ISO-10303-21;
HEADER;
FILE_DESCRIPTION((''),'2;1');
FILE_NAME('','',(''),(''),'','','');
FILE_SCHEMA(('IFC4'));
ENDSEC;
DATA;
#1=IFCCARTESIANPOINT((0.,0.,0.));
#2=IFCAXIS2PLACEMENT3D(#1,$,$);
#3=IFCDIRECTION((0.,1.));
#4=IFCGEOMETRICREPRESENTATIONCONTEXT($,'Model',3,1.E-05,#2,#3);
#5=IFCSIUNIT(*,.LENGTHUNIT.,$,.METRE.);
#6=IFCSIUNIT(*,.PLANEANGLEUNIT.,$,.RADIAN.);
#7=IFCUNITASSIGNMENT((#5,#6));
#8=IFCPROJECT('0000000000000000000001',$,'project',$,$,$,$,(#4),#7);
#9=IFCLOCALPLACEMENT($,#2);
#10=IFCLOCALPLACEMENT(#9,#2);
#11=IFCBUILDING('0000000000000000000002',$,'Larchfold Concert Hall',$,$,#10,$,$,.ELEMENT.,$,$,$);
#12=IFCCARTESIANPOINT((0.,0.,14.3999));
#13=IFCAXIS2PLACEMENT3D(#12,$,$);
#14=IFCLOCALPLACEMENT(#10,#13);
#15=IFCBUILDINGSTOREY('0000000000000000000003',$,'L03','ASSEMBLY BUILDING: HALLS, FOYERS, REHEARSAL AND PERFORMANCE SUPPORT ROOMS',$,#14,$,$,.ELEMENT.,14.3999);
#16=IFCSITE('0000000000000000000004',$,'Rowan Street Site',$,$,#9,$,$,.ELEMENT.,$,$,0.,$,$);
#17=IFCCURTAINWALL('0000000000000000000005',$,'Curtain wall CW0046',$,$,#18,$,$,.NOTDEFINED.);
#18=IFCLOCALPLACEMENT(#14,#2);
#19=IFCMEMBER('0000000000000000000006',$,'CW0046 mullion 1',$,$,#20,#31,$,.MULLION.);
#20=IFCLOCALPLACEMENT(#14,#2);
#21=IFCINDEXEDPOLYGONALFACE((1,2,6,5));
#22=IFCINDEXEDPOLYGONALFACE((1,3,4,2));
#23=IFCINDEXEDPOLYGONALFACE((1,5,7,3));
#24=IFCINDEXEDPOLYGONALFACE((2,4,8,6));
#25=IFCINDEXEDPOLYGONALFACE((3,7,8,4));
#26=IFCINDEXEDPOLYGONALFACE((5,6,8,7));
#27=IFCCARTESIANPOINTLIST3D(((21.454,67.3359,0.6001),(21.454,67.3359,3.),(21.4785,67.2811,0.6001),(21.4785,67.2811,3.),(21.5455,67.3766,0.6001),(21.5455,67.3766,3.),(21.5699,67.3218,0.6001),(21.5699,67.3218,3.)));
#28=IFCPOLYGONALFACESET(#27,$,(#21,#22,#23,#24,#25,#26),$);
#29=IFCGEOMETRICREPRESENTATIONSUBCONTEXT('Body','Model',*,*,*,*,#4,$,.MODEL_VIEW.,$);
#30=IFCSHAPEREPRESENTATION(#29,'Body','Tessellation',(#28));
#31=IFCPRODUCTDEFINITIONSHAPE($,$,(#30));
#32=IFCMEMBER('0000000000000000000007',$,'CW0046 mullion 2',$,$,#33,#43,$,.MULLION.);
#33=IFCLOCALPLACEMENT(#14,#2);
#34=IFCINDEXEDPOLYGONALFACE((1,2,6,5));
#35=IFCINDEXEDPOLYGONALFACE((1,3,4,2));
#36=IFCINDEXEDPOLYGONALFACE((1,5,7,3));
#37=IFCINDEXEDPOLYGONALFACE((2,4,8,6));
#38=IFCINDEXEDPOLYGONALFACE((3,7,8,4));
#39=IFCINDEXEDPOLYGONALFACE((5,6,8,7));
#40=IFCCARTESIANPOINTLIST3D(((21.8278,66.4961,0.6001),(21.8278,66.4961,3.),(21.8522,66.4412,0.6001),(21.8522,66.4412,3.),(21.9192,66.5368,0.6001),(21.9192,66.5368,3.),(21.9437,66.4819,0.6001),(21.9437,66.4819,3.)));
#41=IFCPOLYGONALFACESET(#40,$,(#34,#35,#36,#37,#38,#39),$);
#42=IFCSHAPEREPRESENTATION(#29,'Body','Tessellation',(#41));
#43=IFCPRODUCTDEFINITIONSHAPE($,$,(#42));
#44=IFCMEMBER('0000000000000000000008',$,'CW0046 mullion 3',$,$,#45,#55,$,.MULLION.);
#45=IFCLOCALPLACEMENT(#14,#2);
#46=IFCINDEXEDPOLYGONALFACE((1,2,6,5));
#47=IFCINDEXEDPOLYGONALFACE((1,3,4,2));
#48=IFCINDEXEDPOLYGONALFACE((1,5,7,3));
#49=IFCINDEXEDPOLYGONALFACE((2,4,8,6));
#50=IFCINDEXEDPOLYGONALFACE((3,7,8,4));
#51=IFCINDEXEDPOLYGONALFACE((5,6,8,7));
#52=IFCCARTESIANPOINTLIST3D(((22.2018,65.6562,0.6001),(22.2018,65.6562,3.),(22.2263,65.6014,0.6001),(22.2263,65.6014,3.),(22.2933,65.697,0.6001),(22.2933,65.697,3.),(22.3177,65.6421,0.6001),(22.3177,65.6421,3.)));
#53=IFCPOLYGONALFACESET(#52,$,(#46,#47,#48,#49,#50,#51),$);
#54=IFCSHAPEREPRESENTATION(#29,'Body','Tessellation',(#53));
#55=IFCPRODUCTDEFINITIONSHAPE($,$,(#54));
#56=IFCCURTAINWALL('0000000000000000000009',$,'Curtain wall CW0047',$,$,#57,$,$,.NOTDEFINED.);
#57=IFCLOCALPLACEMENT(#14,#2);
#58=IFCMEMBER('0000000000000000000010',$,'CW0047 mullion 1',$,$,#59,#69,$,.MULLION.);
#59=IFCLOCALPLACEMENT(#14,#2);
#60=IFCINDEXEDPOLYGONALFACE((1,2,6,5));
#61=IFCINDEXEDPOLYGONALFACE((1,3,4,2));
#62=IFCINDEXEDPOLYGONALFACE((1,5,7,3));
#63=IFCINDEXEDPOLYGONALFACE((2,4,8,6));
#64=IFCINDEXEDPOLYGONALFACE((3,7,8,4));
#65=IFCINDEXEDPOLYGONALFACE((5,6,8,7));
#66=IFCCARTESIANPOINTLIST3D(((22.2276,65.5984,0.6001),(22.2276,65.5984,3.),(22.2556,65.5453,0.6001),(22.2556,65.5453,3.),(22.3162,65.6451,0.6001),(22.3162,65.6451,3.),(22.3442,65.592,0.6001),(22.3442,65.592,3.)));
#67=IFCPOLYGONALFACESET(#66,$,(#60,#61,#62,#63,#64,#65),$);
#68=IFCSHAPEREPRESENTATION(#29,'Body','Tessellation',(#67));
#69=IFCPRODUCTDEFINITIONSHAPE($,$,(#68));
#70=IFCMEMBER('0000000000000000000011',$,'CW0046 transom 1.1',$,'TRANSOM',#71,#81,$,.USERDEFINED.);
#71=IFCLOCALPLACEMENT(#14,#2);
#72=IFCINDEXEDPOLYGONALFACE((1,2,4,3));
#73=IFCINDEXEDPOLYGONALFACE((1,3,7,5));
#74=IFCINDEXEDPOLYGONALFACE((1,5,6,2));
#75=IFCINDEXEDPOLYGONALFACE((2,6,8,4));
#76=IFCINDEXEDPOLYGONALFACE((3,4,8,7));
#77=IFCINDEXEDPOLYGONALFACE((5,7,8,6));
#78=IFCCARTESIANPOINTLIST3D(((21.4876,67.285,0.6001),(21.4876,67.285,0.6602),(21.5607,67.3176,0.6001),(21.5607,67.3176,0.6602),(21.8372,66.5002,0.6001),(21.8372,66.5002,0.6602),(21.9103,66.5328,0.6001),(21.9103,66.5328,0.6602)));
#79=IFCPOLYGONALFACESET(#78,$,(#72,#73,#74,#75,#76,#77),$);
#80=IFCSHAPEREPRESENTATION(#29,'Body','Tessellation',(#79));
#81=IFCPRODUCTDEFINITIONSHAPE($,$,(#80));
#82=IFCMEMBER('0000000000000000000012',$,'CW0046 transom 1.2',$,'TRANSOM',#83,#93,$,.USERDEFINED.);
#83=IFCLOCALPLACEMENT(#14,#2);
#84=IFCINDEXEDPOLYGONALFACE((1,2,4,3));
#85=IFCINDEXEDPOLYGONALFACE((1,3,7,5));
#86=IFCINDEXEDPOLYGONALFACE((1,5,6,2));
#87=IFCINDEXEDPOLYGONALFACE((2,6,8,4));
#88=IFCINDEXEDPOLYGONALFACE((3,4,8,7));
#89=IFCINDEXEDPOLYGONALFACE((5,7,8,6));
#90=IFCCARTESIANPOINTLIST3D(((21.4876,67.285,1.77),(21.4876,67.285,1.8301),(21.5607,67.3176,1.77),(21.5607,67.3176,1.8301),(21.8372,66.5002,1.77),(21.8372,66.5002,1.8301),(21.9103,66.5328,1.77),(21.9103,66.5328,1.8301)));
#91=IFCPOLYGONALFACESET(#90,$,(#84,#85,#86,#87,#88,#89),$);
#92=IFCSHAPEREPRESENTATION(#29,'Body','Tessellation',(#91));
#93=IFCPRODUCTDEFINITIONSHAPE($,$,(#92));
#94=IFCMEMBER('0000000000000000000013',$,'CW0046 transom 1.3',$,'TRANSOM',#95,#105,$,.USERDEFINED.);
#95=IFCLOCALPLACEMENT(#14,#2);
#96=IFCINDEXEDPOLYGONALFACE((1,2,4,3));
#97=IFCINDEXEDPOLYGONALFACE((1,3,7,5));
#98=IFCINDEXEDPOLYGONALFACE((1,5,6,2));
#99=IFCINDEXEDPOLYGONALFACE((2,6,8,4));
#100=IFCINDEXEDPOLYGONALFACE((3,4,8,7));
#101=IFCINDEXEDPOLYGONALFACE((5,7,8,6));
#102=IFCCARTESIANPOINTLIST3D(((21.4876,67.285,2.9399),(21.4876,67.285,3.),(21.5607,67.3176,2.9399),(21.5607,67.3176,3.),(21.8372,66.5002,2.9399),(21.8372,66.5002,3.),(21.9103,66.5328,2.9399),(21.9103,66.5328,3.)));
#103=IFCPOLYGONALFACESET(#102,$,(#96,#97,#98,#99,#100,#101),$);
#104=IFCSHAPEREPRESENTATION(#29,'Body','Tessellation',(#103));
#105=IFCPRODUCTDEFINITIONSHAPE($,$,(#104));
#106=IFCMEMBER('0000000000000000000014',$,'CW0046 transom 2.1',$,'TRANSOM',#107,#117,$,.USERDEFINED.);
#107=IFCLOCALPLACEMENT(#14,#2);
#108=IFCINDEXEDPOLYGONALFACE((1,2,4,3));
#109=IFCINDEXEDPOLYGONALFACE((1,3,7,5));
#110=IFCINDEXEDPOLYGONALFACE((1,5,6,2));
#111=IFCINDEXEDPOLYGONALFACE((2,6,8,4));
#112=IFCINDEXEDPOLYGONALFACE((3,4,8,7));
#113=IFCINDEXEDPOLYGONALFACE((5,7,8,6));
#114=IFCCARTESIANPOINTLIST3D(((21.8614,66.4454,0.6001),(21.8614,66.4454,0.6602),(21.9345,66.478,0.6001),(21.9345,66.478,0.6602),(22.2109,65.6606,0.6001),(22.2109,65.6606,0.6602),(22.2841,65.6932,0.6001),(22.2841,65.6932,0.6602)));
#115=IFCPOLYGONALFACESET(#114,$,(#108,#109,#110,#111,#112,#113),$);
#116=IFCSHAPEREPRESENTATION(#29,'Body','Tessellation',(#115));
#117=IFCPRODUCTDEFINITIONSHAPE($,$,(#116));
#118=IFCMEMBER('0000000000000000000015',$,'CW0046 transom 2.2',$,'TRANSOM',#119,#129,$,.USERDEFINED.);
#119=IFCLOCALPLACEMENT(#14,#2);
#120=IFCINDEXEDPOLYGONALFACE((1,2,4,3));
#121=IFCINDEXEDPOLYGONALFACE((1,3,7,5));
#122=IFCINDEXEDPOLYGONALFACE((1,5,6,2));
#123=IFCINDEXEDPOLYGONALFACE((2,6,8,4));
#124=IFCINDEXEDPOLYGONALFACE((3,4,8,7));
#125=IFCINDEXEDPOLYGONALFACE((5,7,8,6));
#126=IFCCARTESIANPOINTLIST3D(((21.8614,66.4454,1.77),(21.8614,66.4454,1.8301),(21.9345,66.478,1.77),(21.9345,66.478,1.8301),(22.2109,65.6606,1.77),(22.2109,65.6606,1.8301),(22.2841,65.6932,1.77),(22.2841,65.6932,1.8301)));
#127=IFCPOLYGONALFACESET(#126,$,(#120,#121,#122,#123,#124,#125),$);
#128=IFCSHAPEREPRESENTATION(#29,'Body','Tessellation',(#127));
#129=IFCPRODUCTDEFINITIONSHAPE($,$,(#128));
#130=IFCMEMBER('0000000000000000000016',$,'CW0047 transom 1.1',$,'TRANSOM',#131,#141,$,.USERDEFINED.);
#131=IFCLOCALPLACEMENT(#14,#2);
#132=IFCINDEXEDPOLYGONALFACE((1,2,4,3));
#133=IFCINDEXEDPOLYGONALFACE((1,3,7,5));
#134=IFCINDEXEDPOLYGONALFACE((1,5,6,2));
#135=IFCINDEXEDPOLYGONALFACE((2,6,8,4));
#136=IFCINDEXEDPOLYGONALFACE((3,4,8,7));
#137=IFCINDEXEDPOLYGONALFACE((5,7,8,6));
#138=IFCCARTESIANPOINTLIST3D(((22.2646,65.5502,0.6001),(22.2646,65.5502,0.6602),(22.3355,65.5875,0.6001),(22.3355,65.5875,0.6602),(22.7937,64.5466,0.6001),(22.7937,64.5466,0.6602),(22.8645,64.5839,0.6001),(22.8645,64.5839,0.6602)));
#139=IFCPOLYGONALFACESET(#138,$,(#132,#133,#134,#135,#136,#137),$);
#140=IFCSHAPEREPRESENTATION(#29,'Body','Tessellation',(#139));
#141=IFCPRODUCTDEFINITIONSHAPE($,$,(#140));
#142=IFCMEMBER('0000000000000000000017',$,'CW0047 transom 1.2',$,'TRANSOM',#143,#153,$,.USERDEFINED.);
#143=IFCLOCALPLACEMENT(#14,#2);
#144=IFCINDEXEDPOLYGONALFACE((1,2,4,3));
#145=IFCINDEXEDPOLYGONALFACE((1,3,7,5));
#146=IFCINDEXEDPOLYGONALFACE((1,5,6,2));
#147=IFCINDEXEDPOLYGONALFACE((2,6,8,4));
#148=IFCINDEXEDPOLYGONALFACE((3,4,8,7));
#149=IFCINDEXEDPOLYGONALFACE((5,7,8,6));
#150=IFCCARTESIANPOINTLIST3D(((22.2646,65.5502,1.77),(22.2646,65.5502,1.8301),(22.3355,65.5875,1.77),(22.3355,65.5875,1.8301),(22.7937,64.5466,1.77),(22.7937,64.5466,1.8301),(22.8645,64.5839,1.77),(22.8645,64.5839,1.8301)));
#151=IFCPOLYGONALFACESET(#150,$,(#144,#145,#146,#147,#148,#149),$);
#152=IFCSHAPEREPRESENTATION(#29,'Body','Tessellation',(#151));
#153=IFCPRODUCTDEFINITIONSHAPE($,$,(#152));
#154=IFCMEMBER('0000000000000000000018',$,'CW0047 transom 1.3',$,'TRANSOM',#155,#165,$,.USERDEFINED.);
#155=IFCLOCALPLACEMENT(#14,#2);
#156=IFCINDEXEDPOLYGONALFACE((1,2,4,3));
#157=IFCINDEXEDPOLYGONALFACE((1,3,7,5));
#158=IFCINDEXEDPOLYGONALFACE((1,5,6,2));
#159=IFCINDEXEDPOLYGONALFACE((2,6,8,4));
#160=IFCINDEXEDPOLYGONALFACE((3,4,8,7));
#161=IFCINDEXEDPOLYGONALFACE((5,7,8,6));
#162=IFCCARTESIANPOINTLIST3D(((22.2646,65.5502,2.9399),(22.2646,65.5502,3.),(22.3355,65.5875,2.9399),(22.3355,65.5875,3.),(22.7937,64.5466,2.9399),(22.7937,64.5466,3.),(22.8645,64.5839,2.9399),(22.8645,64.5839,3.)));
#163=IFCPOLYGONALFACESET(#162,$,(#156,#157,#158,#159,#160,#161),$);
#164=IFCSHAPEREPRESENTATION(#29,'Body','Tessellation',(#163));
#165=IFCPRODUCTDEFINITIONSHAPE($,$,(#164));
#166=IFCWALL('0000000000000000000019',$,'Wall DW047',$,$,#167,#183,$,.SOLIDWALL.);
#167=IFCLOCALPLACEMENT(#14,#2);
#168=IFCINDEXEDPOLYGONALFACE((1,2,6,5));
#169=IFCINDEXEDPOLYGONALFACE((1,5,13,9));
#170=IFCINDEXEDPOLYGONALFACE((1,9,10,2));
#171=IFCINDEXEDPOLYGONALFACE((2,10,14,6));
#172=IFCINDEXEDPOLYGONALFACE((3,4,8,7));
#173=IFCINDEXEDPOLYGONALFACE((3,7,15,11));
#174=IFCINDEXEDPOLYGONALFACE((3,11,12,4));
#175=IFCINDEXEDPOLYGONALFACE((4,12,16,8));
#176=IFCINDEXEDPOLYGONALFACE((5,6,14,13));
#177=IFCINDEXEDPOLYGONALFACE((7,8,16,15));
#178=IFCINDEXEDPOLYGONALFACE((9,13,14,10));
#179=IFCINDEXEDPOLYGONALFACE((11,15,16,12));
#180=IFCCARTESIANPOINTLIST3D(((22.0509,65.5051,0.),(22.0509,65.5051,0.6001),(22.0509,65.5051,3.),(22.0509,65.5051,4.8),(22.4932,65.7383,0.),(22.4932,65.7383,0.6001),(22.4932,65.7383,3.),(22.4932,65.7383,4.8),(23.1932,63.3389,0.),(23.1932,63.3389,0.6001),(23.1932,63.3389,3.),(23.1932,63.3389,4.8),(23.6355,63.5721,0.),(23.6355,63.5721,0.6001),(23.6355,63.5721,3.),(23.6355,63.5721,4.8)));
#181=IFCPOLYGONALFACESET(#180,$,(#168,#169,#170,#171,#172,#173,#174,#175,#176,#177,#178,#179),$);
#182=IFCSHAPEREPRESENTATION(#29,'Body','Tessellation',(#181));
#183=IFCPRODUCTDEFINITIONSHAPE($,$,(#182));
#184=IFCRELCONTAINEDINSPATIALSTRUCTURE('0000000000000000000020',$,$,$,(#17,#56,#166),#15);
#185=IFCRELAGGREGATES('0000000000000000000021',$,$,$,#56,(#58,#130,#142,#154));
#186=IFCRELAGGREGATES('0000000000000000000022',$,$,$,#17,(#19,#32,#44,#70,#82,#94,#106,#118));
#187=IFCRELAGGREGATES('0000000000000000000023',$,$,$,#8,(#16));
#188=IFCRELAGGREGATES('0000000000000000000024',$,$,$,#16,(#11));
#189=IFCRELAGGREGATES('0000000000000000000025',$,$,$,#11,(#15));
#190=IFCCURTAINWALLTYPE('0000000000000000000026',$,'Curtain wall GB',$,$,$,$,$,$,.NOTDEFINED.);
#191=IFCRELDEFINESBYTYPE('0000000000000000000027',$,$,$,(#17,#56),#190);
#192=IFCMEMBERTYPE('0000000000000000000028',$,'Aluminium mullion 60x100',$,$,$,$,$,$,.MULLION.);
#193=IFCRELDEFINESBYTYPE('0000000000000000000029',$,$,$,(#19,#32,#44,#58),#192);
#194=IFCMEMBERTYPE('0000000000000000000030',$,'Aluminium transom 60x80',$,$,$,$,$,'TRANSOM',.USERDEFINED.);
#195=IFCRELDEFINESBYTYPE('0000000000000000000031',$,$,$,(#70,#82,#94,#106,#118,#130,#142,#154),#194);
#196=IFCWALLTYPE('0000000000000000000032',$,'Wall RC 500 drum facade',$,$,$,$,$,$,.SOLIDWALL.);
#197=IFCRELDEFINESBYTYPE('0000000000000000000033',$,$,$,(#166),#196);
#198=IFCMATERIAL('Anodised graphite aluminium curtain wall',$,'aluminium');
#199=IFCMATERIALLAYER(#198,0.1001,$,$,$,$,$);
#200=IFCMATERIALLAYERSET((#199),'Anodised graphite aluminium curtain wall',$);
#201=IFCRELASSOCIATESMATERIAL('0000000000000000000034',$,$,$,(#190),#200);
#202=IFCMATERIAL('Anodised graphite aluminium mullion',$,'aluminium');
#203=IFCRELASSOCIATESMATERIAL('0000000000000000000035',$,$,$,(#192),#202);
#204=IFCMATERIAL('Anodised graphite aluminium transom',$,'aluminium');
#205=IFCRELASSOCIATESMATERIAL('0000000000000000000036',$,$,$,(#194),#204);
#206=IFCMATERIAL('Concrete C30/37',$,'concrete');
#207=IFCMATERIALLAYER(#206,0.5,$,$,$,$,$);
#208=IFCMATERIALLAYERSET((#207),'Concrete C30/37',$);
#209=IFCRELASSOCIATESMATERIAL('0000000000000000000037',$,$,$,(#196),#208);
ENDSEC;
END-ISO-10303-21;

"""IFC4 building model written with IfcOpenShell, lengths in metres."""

from ifc_helpers import new_model, si_unit, direction, frame, frame_2d, origin, origin_2d, place, context, subcontext, project, spatial, rectangle, extrude, material, layer, layer_set, material_profile, profile_set, type_object, element, fill, aggregate, save


model = new_model("IFC4")

# Units and contexts
model_context = context("Model", 3, precision=1e-05, world=origin(), true_north=direction((0.0, 1.0)))
body_context = subcontext(model_context, "Body", "Model", "MODEL_VIEW")
ifc_project = project(units=[si_unit("LENGTHUNIT", "METRE"), si_unit("PLANEANGLEUNIT", "RADIAN")], contexts=[model_context])

# Site, building, storey
site_placement = place(None, origin())
site = spatial("IfcSite", under=ifc_project, at=site_placement, Name="Rowan Street Site", CompositionType="ELEMENT", RefElevation=0.0)
building_placement = place(site_placement, origin())
building = spatial("IfcBuilding", under=site, at=building_placement, Name="Larchfold Concert Hall", CompositionType="ELEMENT")
storey_placement = place(building_placement, frame((0.0, 0.0, 14.3999)))
storey = spatial("IfcBuildingStorey", under=building, at=storey_placement, Name="L03", Description="ASSEMBLY BUILDING: HALLS, FOYERS, REHEARSAL AND PERFORMANCE SUPPORT ROOMS", CompositionType="ELEMENT", Elevation=14.3999)

# Curtain wall, members
ifc_material_1 = material(Name="Anodised graphite aluminium curtain wall", Category="aluminium")
ifc_layer_1 = layer(ifc_material_1, 0.1001)
ifc_layer_set_1 = layer_set([ifc_layer_1], Name="Anodised graphite aluminium curtain wall")
curtain_wall_type = type_object("IfcCurtainWallType", Name="Curtain wall GB", PredefinedType="NOTDEFINED", material=ifc_layer_set_1)
curtain_wall_1_placement = place(storey_placement, origin())
curtain_wall_1 = element("IfcCurtainWall", 1, at=curtain_wall_1_placement, inside=storey, type_object=curtain_wall_type, Name="Curtain wall CW0046", PredefinedType="NOTDEFINED")
ifc_material_2 = material(Name="Anodised graphite aluminium mullion", Category="aluminium")
ifc_material_profile_1 = material_profile(ifc_material_2, rectangle(XDim=0.1001, YDim=0.0601, at=origin_2d()))
ifc_profile_set_1 = profile_set([ifc_material_profile_1], Name="Anodised graphite aluminium mullion")
member_type_1 = type_object("IfcMemberType", Name="Aluminium mullion 60x100", PredefinedType="MULLION", material=ifc_profile_set_1)
member_1_placement = place(storey_placement, frame((21.512, 67.3289, 0.6001), z_axis=(0.0, 0.0, 1.0), x_axis=(0.913541, 0.406747, 0.0)))
member_1 = element("IfcMember", 2, at=member_1_placement, type_object=member_type_1, Name="CW0046 mullion 1", PredefinedType="MULLION", context=body_context, shape_type="SweptSolid", body=[
    extrude(rectangle(XDim=0.1001, YDim=0.0601, at=origin_2d()), origin(), (0.0, 0.0, 1.0), 2.3999),
])
member_2_placement = place(storey_placement, frame((21.8857, 66.489, 0.6001), z_axis=(0.0, 0.0, 1.0), x_axis=(0.913541, 0.406747, 0.0)))
member_2 = element("IfcMember", 3, at=member_2_placement, type_object=member_type_1, Name="CW0046 mullion 2", PredefinedType="MULLION", context=body_context, shape_type="SweptSolid", body=[
    extrude(rectangle(XDim=0.1001, YDim=0.0601, at=origin_2d()), origin(), (0.0, 0.0, 1.0), 2.3999),
])
member_3_placement = place(storey_placement, frame((22.2598, 65.6492, 0.6001), z_axis=(0.0, 0.0, 1.0), x_axis=(0.913541, 0.406747, 0.0)))
member_3 = element("IfcMember", 4, at=member_3_placement, type_object=member_type_1, Name="CW0046 mullion 3", PredefinedType="MULLION", context=body_context, shape_type="SweptSolid", body=[
    extrude(rectangle(XDim=0.1001, YDim=0.0601, at=origin_2d()), origin(), (0.0, 0.0, 1.0), 2.3999),
])

# Curtain wall, member
curtain_wall_2_placement = place(storey_placement, origin())
curtain_wall_2 = element("IfcCurtainWall", 5, at=curtain_wall_2_placement, inside=storey, type_object=curtain_wall_type, Name="Curtain wall CW0047", PredefinedType="NOTDEFINED")
member_4_placement = place(storey_placement, frame((22.2859, 65.5952, 0.6001), z_axis=(0.0, 0.0, 1.0), x_axis=(0.884548, 0.466449, 0.0)))
member_4 = element("IfcMember", 6, at=member_4_placement, type_object=member_type_1, Name="CW0047 mullion 1", PredefinedType="MULLION", context=body_context, shape_type="SweptSolid", body=[
    extrude(rectangle(XDim=0.1001, YDim=0.0601, at=origin_2d()), origin(), (0.0, 0.0, 1.0), 2.3999),
])

# Members
ifc_material_3 = material(Name="Anodised graphite aluminium transom", Category="aluminium")
ifc_material_profile_2 = material_profile(ifc_material_3, rectangle(XDim=0.0801, YDim=0.0601, at=origin_2d()))
ifc_profile_set_2 = profile_set([ifc_material_profile_2], Name="Anodised graphite aluminium transom")
member_type_2 = type_object("IfcMemberType", Name="Aluminium transom 60x80", ElementType="TRANSOM", PredefinedType="USERDEFINED", material=ifc_profile_set_2)
member_5_placement = place(storey_placement, frame((21.5242, 67.3013, 0.6301), z_axis=(0.406876, -0.913483, 0.0), x_axis=(0.913483, 0.406876, 0.0)))
member_5 = element("IfcMember", 7, at=member_5_placement, type_object=member_type_2, Name="CW0046 transom 1.1", ObjectType="TRANSOM", PredefinedType="USERDEFINED", context=body_context, shape_type="SweptSolid", body=[
    extrude(rectangle(XDim=0.0801, YDim=0.0601, at=origin_2d()), origin(), (0.0, 0.0, 1.0), 0.8591),
])
member_6_placement = place(storey_placement, frame((21.5242, 67.3013, 1.8), z_axis=(0.406876, -0.913483, 0.0), x_axis=(0.913483, 0.406876, 0.0)))
member_6 = element("IfcMember", 8, at=member_6_placement, type_object=member_type_2, Name="CW0046 transom 1.2", ObjectType="TRANSOM", PredefinedType="USERDEFINED", context=body_context, shape_type="SweptSolid", body=[
    extrude(rectangle(XDim=0.0801, YDim=0.0601, at=origin_2d()), origin(), (0.0, 0.0, 1.0), 0.8591),
])
member_7_placement = place(storey_placement, frame((21.5242, 67.3013, 2.97), z_axis=(0.406876, -0.913483, 0.0), x_axis=(0.913483, 0.406876, 0.0)))
member_7 = element("IfcMember", 9, at=member_7_placement, type_object=member_type_2, Name="CW0046 transom 1.3", ObjectType="TRANSOM", PredefinedType="USERDEFINED", context=body_context, shape_type="SweptSolid", body=[
    extrude(rectangle(XDim=0.0801, YDim=0.0601, at=origin_2d()), origin(), (0.0, 0.0, 1.0), 0.8591),
])
member_8_placement = place(storey_placement, frame((21.8979, 66.4617, 0.6301), z_axis=(0.406876, -0.913483, 0.0), x_axis=(0.913483, 0.406876, 0.0)))
member_8 = element("IfcMember", 10, at=member_8_placement, type_object=member_type_2, Name="CW0046 transom 2.1", ObjectType="TRANSOM", PredefinedType="USERDEFINED", context=body_context, shape_type="SweptSolid", body=[
    extrude(rectangle(XDim=0.0801, YDim=0.0601, at=origin_2d()), origin(), (0.0, 0.0, 1.0), 0.8591),
])
member_9_placement = place(storey_placement, frame((21.8979, 66.4617, 1.8), z_axis=(0.406876, -0.913483, 0.0), x_axis=(0.913483, 0.406876, 0.0)))
member_9 = element("IfcMember", 11, at=member_9_placement, type_object=member_type_2, Name="CW0046 transom 2.2", ObjectType="TRANSOM", PredefinedType="USERDEFINED", context=body_context, shape_type="SweptSolid", body=[
    extrude(rectangle(XDim=0.0801, YDim=0.0601, at=origin_2d()), origin(), (0.0, 0.0, 1.0), 0.8591),
])
member_10_placement = place(storey_placement, frame((22.3, 65.5688, 0.6301), z_axis=(0.466305, -0.884624, 0.0), x_axis=(0.884624, 0.466305, 0.0)))
member_10 = element("IfcMember", 12, at=member_10_placement, type_object=member_type_2, Name="CW0047 transom 1.1", ObjectType="TRANSOM", PredefinedType="USERDEFINED", context=body_context, shape_type="SweptSolid", body=[
    extrude(rectangle(XDim=0.0801, YDim=0.0601, at=origin_2d()), origin(), (0.0, 0.0, 1.0), 1.1345),
])
member_11_placement = place(storey_placement, frame((22.3, 65.5688, 1.8), z_axis=(0.466305, -0.884624, 0.0), x_axis=(0.884624, 0.466305, 0.0)))
member_11 = element("IfcMember", 13, at=member_11_placement, type_object=member_type_2, Name="CW0047 transom 1.2", ObjectType="TRANSOM", PredefinedType="USERDEFINED", context=body_context, shape_type="SweptSolid", body=[
    extrude(rectangle(XDim=0.0801, YDim=0.0601, at=origin_2d()), origin(), (0.0, 0.0, 1.0), 1.1345),
])
member_12_placement = place(storey_placement, frame((22.3, 65.5688, 2.97), z_axis=(0.466305, -0.884624, 0.0), x_axis=(0.884624, 0.466305, 0.0)))
member_12 = element("IfcMember", 14, at=member_12_placement, type_object=member_type_2, Name="CW0047 transom 1.3", ObjectType="TRANSOM", PredefinedType="USERDEFINED", context=body_context, shape_type="SweptSolid", body=[
    extrude(rectangle(XDim=0.0801, YDim=0.0601, at=origin_2d()), origin(), (0.0, 0.0, 1.0), 1.1345),
])
aggregate(curtain_wall_2, [member_4, member_10, member_11, member_12])

aggregate(curtain_wall_1, [member_1, member_2, member_3, member_5, member_6, member_7, member_8, member_9])

# Wall, opening
ifc_material_4 = material(Name="Concrete C30/37", Category="concrete")
ifc_layer_2 = layer(ifc_material_4, 0.5)
ifc_layer_set_2 = layer_set([ifc_layer_2], Name="Concrete C30/37")
wall_type = type_object("IfcWallType", Name="Wall RC 500 drum facade", PredefinedType="SOLIDWALL", material=ifc_layer_set_2)
wall_placement = place(storey_placement, frame((22.272, 65.6218, 0.0), z_axis=(0.0, 0.0, 1.0), x_axis=(0.466449, -0.884548, 0.0)))
wall = element("IfcWall", 15, at=wall_placement, inside=storey, type_object=wall_type, Name="Wall DW047", PredefinedType="SOLIDWALL", context=body_context, shape_type="SweptSolid", body=[
    extrude(rectangle(XDim=2.449, YDim=0.5, at=frame_2d((1.2246, 0.0))), origin(), (0.0, 0.0, 1.0), 4.8),
])
opening_placement = place(wall_placement, frame((0.0, 0.0, 0.6001)))
opening = element("IfcOpeningElement", 16, at=opening_placement, cuts=wall, PredefinedType="OPENING", context=body_context, shape_type="SweptSolid", body=[
    extrude(rectangle(XDim=2.449, YDim=2.3999, at=frame_2d((1.2246, 1.2))), frame((0.0, 0.26, 0.0), z_axis=(0.0, -1.0, 0.0), x_axis=(1.0, 0.0, 0.0)), (0.0, 0.0, 1.0), 0.52),
])
fill(opening, curtain_wall_2)

save(model, "model.ifc")
